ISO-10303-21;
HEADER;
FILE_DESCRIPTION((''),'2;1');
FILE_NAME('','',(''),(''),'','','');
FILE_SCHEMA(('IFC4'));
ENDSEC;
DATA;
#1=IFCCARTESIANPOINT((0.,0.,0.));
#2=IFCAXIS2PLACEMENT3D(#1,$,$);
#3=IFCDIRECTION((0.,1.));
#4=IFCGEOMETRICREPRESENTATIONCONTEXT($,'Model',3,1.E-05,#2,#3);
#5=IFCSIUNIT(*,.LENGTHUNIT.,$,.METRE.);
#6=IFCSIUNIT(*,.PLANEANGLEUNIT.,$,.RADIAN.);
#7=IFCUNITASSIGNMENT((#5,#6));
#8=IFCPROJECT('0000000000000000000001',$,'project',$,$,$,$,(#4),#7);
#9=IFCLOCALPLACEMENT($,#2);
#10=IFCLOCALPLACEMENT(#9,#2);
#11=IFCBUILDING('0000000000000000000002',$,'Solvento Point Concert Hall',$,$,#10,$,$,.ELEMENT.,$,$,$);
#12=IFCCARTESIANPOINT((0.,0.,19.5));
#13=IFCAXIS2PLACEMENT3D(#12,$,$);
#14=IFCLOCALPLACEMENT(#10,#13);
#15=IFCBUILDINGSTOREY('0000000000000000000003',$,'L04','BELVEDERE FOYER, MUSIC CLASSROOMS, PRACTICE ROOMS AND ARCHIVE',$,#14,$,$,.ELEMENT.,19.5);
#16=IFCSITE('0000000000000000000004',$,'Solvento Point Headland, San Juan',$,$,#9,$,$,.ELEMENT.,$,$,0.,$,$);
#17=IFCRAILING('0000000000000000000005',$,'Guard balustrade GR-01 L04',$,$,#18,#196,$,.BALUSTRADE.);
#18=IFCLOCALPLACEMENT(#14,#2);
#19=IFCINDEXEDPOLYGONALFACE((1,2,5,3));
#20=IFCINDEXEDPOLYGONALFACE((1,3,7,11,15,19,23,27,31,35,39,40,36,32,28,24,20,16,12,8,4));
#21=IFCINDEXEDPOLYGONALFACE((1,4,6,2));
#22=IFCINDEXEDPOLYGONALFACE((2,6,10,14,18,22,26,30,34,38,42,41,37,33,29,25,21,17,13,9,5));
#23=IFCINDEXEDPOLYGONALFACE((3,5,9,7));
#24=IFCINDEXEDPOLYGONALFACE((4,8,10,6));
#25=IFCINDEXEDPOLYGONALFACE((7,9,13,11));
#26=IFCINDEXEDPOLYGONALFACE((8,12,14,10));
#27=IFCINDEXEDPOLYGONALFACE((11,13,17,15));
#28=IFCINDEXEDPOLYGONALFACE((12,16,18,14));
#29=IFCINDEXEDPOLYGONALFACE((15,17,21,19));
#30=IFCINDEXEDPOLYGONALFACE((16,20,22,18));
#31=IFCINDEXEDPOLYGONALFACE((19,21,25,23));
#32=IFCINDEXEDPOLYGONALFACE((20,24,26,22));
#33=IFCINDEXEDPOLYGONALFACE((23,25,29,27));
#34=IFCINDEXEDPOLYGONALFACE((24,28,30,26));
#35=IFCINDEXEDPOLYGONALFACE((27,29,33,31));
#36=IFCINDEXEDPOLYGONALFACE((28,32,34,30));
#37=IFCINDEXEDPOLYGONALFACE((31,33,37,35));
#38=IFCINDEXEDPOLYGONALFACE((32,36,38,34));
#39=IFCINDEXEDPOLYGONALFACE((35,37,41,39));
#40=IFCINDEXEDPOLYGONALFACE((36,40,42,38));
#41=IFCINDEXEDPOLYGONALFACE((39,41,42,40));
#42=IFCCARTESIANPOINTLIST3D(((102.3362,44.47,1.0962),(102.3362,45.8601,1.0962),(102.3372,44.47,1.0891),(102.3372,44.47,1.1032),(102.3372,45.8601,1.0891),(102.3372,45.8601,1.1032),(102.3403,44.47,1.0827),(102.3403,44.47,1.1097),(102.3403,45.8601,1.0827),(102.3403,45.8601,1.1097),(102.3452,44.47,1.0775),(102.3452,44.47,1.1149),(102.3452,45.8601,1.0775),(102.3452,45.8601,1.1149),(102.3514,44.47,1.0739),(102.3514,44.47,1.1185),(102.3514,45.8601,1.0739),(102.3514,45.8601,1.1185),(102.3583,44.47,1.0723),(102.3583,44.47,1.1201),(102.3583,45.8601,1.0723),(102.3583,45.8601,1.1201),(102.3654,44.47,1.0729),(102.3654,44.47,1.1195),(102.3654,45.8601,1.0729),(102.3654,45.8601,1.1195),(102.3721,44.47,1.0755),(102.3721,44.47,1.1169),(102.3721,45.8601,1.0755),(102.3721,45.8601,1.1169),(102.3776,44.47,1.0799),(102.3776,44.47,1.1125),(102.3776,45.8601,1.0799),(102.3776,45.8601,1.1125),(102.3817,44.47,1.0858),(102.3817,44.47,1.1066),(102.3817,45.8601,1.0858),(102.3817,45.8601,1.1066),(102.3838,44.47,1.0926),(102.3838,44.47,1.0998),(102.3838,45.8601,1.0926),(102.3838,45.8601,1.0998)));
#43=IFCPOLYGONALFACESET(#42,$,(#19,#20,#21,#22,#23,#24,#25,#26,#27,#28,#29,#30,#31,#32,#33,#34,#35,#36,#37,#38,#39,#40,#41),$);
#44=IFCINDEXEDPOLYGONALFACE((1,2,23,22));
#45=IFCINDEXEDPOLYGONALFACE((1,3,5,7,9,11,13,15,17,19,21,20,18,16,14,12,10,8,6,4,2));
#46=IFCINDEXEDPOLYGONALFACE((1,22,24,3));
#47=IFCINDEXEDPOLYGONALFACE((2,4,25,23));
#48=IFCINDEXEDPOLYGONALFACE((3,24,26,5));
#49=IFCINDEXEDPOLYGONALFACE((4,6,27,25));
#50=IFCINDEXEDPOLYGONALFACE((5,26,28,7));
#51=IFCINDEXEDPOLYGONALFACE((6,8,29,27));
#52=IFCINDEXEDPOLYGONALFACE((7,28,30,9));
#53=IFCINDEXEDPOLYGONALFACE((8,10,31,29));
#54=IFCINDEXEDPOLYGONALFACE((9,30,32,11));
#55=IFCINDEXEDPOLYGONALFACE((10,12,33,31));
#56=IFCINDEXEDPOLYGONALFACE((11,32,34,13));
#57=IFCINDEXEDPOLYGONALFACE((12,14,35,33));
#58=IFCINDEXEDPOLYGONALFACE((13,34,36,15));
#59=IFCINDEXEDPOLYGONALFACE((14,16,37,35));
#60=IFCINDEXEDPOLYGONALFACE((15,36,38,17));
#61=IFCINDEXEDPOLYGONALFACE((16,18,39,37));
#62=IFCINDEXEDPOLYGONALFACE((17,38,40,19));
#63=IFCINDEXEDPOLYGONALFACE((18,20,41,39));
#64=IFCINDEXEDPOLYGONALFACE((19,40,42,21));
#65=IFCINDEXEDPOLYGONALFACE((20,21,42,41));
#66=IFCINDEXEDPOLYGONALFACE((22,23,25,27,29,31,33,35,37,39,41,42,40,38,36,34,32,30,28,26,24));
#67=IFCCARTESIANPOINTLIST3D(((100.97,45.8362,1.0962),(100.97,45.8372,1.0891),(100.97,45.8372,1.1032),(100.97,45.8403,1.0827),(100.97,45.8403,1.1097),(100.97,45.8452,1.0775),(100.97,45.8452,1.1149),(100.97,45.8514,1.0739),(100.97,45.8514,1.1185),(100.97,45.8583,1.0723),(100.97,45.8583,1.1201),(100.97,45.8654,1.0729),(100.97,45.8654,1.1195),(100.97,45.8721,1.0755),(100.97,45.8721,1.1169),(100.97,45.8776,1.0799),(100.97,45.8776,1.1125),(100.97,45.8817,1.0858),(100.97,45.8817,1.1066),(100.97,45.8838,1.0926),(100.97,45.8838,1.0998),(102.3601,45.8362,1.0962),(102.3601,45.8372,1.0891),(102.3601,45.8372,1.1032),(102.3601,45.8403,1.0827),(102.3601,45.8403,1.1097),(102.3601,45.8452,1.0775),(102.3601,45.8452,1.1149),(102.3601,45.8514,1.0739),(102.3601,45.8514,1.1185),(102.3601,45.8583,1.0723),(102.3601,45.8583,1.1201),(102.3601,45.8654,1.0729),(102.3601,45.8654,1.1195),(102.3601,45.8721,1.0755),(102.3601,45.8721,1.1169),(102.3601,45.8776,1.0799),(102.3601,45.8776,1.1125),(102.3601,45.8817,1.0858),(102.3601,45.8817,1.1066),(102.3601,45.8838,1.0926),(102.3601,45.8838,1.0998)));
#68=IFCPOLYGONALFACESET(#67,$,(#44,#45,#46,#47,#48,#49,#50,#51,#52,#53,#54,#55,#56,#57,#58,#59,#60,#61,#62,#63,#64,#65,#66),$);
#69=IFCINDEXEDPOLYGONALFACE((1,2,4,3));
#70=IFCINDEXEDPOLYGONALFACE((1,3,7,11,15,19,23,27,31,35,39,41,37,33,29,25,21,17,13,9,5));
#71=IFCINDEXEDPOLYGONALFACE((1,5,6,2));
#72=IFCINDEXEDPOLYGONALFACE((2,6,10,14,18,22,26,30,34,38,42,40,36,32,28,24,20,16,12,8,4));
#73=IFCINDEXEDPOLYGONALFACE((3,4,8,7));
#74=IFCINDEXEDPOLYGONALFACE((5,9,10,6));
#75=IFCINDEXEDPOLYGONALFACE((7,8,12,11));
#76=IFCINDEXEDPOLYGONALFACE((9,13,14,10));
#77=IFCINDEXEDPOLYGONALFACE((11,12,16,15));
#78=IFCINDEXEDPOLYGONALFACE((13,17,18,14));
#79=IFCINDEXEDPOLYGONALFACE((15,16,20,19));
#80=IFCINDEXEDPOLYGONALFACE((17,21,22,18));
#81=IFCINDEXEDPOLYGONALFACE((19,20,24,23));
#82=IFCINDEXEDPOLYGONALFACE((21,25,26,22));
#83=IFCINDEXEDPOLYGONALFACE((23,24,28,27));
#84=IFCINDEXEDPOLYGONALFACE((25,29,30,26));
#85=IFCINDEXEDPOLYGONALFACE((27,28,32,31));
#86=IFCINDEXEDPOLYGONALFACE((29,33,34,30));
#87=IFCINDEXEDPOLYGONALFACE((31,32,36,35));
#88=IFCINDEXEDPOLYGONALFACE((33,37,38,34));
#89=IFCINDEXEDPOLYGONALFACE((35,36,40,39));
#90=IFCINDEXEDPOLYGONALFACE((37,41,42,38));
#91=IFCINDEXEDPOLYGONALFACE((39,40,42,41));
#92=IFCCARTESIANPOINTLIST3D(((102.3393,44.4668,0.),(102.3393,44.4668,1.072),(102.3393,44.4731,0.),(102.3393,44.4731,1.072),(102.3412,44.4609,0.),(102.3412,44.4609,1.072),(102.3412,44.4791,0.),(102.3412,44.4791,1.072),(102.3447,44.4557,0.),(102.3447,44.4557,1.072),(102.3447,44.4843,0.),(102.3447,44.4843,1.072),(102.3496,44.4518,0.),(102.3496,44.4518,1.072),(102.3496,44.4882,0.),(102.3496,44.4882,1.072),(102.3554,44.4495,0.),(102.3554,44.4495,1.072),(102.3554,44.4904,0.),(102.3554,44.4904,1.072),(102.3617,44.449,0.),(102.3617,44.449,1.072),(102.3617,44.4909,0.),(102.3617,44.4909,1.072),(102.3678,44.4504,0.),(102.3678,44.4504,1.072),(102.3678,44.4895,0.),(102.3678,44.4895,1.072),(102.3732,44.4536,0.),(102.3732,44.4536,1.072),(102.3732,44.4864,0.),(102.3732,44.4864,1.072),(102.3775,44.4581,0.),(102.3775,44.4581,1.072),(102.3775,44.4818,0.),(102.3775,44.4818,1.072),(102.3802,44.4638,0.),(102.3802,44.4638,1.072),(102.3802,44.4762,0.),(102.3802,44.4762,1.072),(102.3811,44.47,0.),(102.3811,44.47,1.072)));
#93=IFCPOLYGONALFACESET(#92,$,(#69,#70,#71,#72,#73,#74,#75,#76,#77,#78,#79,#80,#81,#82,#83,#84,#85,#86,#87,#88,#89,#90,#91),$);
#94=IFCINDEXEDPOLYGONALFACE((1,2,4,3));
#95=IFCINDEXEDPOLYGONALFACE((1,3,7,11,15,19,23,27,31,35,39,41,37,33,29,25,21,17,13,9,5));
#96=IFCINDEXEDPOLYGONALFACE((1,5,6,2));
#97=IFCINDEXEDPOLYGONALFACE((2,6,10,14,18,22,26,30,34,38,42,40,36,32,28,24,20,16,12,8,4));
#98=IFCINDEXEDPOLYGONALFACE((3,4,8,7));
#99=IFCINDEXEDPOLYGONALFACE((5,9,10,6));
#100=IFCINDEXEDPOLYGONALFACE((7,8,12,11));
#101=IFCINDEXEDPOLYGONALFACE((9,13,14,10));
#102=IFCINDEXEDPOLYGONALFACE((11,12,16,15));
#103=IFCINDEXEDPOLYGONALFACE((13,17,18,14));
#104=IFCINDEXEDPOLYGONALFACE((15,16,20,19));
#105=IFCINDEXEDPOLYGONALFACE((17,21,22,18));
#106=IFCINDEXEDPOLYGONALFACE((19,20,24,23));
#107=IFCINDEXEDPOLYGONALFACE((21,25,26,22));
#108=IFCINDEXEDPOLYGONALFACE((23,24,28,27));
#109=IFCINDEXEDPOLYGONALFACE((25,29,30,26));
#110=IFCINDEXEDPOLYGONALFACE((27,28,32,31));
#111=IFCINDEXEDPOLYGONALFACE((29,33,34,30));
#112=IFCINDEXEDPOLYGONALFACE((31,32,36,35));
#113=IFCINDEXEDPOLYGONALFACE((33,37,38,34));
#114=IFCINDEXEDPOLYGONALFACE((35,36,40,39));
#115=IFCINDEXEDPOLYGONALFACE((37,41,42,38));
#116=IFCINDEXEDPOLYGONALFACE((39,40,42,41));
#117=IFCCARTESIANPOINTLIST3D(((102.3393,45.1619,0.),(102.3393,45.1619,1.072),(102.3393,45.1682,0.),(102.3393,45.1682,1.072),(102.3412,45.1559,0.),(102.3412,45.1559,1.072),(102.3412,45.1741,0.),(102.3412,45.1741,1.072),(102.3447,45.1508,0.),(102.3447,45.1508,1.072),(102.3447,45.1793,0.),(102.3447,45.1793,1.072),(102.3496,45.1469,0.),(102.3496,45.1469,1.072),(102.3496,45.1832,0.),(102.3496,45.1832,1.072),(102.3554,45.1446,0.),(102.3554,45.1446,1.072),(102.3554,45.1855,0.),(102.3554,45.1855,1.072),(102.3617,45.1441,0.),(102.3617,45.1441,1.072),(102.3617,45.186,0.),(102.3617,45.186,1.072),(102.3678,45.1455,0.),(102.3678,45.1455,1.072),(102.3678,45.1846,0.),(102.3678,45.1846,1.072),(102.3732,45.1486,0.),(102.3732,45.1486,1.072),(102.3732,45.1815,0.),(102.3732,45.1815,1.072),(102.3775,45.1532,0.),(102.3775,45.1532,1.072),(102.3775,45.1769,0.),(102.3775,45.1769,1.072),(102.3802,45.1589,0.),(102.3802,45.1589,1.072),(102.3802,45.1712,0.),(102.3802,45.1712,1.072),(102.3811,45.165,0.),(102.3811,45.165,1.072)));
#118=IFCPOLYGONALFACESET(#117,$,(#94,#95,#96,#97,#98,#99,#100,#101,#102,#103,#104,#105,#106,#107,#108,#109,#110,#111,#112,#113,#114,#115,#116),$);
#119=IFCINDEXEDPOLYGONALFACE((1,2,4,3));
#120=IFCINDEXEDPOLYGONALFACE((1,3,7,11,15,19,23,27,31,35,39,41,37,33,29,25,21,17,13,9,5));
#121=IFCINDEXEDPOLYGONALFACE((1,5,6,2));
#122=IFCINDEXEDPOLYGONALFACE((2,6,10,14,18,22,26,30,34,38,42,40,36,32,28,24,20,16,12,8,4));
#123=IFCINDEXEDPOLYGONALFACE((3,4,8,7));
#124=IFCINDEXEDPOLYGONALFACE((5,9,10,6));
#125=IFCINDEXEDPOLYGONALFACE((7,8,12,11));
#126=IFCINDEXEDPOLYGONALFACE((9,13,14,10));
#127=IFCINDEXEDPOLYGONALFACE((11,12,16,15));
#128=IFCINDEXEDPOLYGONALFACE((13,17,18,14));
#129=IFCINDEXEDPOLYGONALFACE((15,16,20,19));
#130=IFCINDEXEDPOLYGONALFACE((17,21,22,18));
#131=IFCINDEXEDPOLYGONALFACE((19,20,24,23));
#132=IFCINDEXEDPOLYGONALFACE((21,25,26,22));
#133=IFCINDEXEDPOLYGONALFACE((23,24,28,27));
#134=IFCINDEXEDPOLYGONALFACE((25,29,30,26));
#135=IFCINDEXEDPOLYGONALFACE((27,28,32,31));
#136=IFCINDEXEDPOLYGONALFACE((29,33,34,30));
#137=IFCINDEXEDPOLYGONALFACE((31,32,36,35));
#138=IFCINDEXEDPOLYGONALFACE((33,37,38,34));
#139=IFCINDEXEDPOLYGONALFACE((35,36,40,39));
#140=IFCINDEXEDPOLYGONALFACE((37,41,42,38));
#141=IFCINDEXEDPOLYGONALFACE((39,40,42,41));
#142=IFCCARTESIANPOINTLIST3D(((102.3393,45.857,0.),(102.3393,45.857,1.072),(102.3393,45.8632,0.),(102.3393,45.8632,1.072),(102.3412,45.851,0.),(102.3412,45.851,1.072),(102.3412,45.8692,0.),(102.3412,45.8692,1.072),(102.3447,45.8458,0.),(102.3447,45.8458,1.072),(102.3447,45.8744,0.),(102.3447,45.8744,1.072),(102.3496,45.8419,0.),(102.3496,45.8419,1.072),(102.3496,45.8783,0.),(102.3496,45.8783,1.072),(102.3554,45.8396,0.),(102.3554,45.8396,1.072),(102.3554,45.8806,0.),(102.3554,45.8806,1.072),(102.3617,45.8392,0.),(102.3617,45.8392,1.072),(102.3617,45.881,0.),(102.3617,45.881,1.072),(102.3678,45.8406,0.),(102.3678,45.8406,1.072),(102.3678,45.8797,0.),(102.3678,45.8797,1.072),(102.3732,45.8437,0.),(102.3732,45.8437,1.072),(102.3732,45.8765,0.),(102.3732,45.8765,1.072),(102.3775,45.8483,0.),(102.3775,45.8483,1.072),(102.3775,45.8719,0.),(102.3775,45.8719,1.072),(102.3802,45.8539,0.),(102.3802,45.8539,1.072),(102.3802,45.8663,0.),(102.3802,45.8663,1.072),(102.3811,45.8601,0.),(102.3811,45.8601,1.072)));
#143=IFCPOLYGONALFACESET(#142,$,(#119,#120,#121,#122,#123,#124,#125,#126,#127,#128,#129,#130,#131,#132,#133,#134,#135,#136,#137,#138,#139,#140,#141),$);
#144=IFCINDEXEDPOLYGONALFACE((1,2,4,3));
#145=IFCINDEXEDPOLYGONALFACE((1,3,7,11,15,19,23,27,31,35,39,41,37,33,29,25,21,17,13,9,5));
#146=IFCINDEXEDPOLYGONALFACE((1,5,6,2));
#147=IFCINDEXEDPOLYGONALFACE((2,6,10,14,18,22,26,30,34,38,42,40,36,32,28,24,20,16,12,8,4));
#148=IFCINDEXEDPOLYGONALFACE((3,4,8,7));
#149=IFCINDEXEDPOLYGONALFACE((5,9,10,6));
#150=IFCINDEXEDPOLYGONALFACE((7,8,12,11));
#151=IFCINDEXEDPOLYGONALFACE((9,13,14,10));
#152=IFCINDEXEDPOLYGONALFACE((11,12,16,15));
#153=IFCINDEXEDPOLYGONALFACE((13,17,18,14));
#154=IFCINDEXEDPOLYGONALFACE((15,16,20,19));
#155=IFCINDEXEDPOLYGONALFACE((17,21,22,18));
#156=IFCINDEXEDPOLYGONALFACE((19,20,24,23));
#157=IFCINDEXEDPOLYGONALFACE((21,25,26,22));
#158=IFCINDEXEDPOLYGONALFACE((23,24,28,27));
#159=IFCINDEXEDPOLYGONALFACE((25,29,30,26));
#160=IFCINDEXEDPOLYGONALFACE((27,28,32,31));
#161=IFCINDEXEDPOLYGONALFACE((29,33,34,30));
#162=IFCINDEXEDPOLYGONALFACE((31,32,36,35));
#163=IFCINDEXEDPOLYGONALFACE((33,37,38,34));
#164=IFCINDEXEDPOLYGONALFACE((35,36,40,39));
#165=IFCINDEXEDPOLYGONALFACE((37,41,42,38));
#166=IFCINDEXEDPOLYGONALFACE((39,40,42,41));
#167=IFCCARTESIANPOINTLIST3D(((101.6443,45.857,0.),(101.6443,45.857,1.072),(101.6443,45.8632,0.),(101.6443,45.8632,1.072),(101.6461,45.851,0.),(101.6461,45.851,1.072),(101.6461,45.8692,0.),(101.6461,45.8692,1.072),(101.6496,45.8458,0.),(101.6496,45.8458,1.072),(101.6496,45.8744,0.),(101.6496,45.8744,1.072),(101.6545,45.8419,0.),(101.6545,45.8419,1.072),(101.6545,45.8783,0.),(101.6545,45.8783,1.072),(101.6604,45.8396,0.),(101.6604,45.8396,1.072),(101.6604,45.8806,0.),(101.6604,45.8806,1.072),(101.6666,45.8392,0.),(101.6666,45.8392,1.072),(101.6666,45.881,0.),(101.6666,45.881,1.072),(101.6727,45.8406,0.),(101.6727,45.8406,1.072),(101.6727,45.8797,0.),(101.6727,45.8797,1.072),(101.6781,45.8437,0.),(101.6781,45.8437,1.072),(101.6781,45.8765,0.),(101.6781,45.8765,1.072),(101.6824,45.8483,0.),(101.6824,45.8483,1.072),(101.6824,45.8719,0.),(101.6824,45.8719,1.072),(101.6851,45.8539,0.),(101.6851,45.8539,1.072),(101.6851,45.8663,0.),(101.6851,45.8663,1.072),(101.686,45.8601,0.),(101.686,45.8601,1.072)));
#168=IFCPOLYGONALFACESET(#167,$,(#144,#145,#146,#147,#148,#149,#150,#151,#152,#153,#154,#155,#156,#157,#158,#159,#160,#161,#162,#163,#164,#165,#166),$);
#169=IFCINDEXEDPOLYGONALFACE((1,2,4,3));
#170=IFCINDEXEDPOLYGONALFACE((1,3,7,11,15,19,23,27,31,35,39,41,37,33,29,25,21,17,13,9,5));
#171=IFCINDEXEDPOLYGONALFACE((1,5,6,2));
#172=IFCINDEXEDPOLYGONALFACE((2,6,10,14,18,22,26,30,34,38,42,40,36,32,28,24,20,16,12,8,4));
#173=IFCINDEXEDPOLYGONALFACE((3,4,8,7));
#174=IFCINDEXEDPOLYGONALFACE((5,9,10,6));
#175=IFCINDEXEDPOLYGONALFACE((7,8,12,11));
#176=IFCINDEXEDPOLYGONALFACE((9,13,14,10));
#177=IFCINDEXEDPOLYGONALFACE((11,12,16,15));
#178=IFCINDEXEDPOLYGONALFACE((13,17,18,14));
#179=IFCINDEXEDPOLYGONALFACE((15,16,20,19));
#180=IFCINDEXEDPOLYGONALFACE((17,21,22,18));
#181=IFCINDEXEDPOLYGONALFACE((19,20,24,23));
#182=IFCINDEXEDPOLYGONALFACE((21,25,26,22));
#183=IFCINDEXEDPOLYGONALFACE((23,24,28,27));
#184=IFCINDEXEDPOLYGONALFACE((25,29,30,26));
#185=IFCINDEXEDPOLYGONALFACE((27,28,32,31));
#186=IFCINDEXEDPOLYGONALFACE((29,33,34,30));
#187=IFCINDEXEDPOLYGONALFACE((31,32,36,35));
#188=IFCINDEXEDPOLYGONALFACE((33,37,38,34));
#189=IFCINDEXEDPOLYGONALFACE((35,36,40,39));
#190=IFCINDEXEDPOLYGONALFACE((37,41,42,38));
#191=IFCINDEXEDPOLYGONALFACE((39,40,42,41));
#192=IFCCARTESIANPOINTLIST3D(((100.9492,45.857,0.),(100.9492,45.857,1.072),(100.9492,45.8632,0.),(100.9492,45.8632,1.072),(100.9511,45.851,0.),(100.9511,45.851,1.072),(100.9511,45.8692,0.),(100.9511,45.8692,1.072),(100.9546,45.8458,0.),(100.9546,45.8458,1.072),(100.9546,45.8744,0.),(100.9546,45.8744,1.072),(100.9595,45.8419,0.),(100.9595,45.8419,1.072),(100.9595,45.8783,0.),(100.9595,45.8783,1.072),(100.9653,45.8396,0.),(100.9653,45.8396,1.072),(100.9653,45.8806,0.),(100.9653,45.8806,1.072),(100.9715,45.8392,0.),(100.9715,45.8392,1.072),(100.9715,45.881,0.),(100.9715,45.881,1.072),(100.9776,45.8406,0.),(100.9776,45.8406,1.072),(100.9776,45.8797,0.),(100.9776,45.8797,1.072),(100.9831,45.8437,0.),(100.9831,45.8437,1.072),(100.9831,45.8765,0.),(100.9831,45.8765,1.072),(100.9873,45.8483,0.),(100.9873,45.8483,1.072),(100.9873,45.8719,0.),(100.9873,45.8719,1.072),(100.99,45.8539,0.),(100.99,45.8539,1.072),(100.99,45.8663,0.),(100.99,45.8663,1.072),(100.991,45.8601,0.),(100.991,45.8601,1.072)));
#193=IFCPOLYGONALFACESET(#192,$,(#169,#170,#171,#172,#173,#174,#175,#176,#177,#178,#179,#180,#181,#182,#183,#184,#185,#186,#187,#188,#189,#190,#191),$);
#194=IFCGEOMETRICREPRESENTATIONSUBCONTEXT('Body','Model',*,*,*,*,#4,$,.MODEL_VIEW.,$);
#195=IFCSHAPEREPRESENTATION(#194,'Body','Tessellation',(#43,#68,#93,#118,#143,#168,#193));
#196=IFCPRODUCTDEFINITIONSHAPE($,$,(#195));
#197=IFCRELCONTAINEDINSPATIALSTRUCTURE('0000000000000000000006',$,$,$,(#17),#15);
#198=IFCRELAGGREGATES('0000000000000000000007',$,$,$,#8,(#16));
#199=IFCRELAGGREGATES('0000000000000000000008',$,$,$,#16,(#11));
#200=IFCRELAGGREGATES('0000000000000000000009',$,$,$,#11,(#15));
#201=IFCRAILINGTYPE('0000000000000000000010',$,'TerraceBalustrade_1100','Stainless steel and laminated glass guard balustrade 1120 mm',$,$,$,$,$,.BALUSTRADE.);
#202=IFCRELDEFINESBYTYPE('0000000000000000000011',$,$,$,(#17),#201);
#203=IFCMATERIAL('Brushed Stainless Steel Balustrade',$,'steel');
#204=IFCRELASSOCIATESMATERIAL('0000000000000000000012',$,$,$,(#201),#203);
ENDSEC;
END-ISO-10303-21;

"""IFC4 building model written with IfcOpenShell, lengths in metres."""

from ifc_helpers import new_model, si_unit, direction, frame, origin, origin_2d, place, context, subcontext, project, spatial, circle, extrude, material, type_object, element, save


model = new_model("IFC4")

# Units and contexts
model_context = context("Model", 3, precision=1e-05, world=origin(), true_north=direction((0.0, 1.0)))
body_context = subcontext(model_context, "Body", "Model", "MODEL_VIEW")
ifc_project = project(units=[si_unit("LENGTHUNIT", "METRE"), si_unit("PLANEANGLEUNIT", "RADIAN")], contexts=[model_context])

# Site, building, storey
site_placement = place(None, origin())
site = spatial("IfcSite", under=ifc_project, at=site_placement, Name="Solvento Point Headland, San Juan", CompositionType="ELEMENT", RefElevation=0.0)
building_placement = place(site_placement, origin())
building = spatial("IfcBuilding", under=site, at=building_placement, Name="Solvento Point Concert Hall", CompositionType="ELEMENT")
storey_placement = place(building_placement, frame((0.0, 0.0, 19.5)))
storey = spatial("IfcBuildingStorey", under=building, at=storey_placement, Name="L04", Description="BELVEDERE FOYER, MUSIC CLASSROOMS, PRACTICE ROOMS AND ARCHIVE", CompositionType="ELEMENT", Elevation=19.5)

# Railing
ifc_material_1 = material(Name="Brushed Stainless Steel Balustrade", Category="steel")
railing_type_1 = type_object("IfcRailingType", Name="TerraceBalustrade_1100", Description="Stainless steel and laminated glass guard balustrade 1120 mm", PredefinedType="BALUSTRADE", material=ifc_material_1)
railing_1_placement = place(storey_placement, frame((102.3601, 44.47, 0.0)))
element("IfcRailing", 1, at=railing_1_placement, inside=storey, type_object=railing_type_1, Name="Guard balustrade GR-01 L04", PredefinedType="BALUSTRADE", context=body_context, shape_type="SweptSolid", body=[
    extrude(circle(Radius=0.0239, at=origin_2d()), frame((0.0, 0.0, 1.0962), z_axis=(0.0, 1.0, 0.0), x_axis=(-1.0, 0.0, 0.0)), (0.0, 0.0, 1.0), 1.3901),
    extrude(circle(Radius=0.0239, at=origin_2d()), frame((0.0, 1.3901, 1.0962), z_axis=(-1.0, 0.0, 0.0), x_axis=(0.0, -1.0, 0.0)), (0.0, 0.0, 1.0), 1.3901),
    extrude(circle(Radius=0.021, at=origin_2d()), origin(), (0.0, 0.0, 1.0), 1.072),
    extrude(circle(Radius=0.021, at=origin_2d()), frame((0.0, 0.6951, 0.0)), (0.0, 0.0, 1.0), 1.072),
    extrude(circle(Radius=0.021, at=origin_2d()), frame((0.0, 1.3901, 0.0)), (0.0, 0.0, 1.0), 1.072),
    extrude(circle(Radius=0.021, at=origin_2d()), frame((-0.6951, 1.3901, 0.0)), (0.0, 0.0, 1.0), 1.072),
    extrude(circle(Radius=0.021, at=origin_2d()), frame((-1.3901, 1.3901, 0.0)), (0.0, 0.0, 1.0), 1.072),
])

save(model, "model.ifc")
